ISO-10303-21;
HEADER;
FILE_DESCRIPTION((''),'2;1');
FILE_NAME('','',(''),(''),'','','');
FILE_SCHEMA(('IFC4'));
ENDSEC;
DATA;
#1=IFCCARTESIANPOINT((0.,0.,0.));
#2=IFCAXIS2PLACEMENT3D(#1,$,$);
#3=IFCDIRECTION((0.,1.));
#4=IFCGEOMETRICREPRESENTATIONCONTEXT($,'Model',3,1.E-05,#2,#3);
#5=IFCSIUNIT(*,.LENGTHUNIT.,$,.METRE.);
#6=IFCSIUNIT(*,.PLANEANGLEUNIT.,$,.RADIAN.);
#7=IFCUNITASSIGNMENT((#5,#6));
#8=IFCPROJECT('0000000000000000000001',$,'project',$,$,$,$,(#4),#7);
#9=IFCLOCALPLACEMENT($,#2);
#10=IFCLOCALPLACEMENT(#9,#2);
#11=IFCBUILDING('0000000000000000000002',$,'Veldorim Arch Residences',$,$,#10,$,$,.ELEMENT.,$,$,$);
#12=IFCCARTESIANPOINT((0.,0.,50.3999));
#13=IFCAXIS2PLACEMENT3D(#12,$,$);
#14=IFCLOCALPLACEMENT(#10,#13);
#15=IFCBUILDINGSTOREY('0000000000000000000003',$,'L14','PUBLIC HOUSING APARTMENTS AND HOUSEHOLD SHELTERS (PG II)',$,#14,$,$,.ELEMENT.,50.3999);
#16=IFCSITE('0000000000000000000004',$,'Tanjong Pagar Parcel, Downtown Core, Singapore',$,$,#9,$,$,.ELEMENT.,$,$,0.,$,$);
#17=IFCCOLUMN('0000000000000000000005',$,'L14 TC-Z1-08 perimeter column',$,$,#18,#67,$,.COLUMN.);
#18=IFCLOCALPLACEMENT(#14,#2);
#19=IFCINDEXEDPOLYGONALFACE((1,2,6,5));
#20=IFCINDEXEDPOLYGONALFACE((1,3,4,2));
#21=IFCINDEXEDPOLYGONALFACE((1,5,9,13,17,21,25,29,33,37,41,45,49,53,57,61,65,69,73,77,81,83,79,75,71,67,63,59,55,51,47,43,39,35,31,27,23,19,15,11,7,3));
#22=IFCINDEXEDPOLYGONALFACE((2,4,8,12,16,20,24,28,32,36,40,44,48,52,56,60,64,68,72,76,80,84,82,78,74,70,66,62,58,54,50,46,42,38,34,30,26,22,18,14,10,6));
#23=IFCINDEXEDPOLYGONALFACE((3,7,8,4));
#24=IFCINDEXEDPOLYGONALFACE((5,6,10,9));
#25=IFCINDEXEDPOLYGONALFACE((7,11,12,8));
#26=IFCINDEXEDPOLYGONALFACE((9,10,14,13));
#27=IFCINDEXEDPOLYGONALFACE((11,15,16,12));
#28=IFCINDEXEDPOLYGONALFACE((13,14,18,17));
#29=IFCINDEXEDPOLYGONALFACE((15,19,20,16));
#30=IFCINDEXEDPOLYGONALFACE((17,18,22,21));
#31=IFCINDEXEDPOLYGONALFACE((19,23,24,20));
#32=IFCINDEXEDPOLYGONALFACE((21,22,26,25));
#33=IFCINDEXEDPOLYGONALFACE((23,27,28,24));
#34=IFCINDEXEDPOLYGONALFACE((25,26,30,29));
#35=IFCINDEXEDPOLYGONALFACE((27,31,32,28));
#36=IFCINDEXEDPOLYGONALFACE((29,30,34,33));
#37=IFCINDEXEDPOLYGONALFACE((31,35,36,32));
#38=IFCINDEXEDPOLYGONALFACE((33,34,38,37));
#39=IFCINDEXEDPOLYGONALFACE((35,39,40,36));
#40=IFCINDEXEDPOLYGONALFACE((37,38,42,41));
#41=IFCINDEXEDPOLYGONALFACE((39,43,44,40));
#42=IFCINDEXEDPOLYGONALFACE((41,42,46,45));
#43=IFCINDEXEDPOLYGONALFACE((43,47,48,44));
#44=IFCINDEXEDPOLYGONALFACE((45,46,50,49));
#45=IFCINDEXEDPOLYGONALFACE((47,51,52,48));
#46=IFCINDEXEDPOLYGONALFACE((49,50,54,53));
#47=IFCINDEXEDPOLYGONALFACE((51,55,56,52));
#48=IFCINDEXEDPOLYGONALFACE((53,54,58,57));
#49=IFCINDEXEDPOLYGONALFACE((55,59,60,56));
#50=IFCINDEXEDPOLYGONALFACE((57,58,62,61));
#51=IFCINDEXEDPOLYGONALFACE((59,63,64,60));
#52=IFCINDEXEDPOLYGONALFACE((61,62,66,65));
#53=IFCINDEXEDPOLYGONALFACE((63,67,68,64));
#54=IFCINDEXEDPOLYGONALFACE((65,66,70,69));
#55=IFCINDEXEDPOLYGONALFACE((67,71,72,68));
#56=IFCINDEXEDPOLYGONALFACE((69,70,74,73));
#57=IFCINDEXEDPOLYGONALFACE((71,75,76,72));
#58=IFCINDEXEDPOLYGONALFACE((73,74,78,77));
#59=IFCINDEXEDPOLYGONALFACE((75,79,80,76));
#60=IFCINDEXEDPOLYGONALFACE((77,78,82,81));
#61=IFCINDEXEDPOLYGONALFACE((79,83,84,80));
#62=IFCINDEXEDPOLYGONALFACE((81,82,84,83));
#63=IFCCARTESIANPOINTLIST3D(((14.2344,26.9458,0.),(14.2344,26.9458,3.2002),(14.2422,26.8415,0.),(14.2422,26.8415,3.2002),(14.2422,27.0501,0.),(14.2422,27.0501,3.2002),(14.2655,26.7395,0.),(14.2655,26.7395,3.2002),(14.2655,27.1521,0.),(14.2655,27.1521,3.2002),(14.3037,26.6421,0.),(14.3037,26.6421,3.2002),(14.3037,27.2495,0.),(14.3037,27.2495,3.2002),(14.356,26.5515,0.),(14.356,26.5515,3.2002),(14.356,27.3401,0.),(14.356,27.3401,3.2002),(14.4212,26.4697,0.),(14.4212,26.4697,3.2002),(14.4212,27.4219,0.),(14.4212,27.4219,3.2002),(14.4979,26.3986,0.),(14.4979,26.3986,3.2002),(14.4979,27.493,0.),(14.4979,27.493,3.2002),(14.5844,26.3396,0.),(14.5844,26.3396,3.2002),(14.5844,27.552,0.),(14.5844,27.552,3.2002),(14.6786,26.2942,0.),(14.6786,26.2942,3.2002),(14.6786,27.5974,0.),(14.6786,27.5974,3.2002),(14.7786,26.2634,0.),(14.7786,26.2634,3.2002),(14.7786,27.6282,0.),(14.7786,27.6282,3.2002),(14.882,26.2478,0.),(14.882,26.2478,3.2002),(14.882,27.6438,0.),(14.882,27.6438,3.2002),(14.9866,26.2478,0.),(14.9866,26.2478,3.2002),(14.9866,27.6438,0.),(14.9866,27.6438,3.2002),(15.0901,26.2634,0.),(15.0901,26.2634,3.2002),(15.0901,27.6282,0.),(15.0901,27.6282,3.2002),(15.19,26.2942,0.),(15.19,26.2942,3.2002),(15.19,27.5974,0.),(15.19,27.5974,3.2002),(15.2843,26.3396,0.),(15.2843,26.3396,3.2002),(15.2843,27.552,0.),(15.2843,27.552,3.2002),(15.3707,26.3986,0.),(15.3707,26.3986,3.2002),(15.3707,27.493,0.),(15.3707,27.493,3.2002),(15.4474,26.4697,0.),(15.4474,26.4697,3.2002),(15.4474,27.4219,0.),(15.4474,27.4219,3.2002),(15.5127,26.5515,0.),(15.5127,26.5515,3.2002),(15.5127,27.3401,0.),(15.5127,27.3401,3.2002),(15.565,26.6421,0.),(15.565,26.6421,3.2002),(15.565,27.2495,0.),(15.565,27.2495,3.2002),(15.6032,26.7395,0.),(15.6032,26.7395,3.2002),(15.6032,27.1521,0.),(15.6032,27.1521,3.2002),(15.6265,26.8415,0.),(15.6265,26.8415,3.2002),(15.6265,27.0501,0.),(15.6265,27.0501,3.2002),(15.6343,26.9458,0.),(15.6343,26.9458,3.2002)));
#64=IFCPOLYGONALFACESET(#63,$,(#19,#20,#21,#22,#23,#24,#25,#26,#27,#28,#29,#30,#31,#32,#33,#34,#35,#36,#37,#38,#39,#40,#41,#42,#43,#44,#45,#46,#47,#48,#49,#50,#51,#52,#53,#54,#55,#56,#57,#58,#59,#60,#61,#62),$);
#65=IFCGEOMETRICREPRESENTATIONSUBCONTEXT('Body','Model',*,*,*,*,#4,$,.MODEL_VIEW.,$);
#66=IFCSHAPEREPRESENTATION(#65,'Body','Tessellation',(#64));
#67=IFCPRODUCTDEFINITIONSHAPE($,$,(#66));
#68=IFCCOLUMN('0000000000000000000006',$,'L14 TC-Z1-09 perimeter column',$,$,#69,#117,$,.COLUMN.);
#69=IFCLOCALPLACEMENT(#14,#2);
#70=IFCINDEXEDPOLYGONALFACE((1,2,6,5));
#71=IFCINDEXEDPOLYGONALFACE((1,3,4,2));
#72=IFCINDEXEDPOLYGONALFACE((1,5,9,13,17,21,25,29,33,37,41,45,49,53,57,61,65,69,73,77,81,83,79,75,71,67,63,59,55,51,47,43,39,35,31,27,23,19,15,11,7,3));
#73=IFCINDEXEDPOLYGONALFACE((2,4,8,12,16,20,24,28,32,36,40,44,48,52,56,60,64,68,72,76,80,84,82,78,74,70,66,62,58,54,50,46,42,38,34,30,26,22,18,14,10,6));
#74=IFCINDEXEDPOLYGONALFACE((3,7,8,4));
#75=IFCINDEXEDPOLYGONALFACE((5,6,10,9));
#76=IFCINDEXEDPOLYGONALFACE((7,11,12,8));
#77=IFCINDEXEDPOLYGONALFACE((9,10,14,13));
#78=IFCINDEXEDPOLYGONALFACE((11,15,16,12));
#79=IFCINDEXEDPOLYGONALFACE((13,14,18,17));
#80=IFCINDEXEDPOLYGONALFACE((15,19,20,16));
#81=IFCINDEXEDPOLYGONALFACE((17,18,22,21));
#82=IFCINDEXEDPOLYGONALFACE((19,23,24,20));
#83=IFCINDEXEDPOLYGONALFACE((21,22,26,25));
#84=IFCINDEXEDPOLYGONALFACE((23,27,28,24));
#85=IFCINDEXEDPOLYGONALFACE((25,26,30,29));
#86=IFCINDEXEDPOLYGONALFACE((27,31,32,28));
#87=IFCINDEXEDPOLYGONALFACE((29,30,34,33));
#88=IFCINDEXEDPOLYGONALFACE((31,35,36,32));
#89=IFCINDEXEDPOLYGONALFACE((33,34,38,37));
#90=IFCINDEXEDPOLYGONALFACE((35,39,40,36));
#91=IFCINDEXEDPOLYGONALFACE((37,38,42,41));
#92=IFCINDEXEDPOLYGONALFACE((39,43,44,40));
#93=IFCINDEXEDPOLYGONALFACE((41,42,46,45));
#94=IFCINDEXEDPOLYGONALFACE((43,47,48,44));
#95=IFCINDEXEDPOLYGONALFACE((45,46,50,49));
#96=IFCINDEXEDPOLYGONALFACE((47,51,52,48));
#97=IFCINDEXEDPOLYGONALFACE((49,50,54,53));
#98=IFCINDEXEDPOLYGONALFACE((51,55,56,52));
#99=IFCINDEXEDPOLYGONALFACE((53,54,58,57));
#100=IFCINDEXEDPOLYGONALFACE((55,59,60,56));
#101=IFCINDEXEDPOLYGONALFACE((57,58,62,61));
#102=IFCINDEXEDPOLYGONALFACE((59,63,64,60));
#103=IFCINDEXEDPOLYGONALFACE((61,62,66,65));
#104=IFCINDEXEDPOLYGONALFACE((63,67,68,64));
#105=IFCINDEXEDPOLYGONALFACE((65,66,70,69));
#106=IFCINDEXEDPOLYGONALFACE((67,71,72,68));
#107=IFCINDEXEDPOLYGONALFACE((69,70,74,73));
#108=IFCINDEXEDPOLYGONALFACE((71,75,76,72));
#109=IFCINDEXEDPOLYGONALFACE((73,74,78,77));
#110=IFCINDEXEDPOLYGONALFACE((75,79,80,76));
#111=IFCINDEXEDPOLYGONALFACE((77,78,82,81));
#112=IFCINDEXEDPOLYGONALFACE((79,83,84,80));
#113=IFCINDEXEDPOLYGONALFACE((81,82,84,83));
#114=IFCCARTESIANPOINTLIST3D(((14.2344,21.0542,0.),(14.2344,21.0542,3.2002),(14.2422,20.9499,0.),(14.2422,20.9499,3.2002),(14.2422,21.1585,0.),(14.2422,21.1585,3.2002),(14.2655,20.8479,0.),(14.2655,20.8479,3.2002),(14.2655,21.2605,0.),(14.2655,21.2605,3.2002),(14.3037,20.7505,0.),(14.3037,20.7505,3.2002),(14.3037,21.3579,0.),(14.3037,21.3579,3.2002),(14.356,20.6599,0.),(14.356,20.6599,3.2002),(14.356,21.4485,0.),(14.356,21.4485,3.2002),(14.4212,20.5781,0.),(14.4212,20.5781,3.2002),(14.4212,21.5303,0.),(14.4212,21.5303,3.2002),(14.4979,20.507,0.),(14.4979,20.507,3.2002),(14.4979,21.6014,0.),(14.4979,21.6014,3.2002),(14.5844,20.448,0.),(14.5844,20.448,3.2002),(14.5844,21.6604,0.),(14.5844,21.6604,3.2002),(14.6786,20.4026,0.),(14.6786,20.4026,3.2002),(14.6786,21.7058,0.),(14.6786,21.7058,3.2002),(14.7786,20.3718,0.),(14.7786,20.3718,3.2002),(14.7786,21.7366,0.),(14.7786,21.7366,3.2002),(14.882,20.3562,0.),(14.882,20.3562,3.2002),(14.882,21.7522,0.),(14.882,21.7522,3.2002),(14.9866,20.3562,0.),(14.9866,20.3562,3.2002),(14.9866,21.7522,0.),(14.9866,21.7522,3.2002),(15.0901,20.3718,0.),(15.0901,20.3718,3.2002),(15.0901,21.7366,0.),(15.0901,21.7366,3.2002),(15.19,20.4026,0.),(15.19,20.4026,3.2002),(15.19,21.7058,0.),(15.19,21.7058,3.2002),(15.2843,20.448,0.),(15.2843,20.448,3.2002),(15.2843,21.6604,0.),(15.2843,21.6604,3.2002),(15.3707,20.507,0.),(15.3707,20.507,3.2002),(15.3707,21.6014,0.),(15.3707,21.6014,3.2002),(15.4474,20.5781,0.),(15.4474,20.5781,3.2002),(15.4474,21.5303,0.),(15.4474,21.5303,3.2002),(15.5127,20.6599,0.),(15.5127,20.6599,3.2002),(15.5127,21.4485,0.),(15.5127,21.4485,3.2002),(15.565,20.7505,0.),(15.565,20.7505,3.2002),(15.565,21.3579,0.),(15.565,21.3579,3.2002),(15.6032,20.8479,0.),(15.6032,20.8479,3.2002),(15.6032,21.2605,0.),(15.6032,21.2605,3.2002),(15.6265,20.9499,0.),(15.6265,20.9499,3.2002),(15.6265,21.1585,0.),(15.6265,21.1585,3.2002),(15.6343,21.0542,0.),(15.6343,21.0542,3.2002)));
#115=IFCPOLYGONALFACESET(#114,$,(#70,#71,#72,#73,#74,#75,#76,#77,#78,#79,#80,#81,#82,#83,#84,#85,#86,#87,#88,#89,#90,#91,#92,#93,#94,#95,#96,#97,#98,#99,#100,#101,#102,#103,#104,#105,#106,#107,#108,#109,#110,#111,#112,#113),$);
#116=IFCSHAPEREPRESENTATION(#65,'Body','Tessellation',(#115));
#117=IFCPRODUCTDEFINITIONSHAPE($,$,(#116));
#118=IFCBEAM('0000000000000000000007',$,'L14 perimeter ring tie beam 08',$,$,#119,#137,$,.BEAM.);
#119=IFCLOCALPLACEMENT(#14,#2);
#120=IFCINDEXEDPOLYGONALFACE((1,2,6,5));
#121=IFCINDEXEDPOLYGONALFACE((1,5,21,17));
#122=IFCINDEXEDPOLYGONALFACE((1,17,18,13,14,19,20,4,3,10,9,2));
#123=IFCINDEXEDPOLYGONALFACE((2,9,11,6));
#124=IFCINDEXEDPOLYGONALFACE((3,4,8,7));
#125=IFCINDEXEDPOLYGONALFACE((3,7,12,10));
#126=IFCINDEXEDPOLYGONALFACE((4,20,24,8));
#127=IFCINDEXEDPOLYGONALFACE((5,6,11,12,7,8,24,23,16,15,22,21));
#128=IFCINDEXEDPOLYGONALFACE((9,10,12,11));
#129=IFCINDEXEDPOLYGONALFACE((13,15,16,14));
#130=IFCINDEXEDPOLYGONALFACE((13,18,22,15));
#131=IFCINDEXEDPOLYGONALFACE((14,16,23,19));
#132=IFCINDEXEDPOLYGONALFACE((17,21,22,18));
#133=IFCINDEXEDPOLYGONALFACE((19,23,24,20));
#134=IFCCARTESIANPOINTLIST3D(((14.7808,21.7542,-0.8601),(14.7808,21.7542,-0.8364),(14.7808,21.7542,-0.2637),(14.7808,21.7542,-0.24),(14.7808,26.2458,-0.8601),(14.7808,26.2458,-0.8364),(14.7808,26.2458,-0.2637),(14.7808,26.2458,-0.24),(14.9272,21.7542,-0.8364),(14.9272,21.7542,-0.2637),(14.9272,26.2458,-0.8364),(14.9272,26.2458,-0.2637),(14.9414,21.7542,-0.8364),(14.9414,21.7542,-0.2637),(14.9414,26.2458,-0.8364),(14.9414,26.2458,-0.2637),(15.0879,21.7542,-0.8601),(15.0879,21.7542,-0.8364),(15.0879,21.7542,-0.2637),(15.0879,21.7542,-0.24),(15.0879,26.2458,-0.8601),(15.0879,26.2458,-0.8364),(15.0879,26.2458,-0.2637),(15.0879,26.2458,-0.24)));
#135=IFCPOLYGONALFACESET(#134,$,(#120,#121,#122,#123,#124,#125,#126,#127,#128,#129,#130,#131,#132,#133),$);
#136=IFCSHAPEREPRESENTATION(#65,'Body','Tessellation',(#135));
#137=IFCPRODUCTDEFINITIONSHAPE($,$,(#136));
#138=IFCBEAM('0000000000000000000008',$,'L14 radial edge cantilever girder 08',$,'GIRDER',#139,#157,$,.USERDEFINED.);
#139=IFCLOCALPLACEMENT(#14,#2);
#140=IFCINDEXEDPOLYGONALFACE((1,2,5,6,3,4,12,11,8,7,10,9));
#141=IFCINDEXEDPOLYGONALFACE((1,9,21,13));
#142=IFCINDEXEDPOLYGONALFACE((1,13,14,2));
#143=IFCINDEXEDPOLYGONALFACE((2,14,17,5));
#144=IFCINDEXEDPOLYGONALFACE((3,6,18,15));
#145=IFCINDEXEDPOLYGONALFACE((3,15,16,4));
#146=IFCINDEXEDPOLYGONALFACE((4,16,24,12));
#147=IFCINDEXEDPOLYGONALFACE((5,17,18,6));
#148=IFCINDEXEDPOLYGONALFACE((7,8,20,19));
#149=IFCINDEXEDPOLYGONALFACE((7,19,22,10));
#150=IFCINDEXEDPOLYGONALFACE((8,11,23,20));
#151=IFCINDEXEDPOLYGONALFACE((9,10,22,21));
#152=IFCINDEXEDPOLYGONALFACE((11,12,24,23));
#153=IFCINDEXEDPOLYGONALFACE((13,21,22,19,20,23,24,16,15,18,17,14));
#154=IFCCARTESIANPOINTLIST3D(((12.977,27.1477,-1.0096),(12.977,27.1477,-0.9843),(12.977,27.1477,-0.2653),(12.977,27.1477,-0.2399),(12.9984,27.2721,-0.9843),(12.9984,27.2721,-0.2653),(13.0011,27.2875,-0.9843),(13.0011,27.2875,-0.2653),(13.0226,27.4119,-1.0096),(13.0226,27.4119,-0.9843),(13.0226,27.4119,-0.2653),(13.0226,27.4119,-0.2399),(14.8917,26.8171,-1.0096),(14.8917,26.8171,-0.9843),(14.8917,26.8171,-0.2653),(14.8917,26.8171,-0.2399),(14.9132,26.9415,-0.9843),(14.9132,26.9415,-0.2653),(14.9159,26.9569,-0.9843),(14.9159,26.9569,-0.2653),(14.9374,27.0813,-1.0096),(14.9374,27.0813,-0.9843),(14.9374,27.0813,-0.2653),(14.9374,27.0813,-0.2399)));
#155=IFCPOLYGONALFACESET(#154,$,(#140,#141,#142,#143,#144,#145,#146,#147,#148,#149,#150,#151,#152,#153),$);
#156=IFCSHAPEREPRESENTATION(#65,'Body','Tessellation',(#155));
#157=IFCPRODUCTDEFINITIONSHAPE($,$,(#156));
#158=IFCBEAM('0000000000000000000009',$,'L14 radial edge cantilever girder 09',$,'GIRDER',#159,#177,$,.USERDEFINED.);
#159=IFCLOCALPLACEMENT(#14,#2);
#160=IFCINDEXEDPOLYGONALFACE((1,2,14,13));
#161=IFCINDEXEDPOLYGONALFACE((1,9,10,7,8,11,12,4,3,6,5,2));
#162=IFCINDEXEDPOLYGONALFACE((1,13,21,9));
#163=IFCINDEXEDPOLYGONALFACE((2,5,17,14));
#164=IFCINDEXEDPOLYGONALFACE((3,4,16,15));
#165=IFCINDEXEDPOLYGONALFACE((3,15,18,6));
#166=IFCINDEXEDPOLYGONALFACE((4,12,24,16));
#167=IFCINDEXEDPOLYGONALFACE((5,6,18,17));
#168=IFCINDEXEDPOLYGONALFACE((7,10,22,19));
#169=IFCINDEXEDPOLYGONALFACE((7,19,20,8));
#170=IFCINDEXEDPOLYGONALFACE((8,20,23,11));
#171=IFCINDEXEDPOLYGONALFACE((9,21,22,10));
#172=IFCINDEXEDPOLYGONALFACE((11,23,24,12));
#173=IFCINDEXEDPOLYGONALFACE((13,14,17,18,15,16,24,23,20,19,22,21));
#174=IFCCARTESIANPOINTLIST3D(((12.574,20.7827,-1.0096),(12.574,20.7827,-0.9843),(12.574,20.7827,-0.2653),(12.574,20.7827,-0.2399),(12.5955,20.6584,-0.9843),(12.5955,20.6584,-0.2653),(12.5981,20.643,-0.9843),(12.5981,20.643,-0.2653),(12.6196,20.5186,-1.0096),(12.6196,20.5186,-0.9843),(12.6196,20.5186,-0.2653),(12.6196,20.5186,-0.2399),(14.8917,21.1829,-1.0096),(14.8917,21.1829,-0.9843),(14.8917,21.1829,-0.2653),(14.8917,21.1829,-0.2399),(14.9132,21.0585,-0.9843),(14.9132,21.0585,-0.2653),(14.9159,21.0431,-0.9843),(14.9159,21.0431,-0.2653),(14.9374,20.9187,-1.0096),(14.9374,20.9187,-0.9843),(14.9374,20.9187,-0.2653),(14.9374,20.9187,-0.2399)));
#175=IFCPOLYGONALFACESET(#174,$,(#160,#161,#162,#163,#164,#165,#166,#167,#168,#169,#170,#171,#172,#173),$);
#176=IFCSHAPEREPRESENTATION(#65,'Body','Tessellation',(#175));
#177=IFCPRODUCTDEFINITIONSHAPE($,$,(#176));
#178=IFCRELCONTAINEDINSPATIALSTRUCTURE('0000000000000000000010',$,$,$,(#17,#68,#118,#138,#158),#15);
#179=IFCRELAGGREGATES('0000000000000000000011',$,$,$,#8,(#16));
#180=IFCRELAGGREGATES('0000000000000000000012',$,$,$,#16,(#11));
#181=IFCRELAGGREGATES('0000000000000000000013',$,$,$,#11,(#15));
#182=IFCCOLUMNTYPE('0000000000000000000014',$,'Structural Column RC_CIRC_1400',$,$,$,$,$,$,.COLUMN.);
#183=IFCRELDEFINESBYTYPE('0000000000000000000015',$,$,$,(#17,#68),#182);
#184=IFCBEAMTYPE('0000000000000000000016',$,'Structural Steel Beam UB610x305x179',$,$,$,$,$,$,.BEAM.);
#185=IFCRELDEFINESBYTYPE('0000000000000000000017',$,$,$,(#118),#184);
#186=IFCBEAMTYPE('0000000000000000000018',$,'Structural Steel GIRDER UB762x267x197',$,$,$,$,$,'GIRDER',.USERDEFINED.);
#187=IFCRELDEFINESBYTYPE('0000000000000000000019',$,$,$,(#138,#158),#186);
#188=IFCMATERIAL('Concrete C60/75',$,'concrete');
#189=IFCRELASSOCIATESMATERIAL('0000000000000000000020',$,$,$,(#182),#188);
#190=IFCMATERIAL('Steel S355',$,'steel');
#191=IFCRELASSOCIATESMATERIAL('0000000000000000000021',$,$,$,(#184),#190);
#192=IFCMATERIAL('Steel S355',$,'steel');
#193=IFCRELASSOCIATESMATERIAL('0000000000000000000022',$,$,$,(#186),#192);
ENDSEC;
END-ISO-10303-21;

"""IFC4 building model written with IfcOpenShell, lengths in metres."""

from ifc_helpers import new_model, si_unit, direction, frame, origin, origin_2d, place, context, subcontext, project, spatial, circle, i_section, extrude, material, material_profile, profile_set, type_object, element, save


model = new_model("IFC4")

# Units and contexts
model_context = context("Model", 3, precision=1e-05, world=origin(), true_north=direction((0.0, 1.0)))
body_context = subcontext(model_context, "Body", "Model", "MODEL_VIEW")
ifc_project = project(units=[si_unit("LENGTHUNIT", "METRE"), si_unit("PLANEANGLEUNIT", "RADIAN")], contexts=[model_context])

# Site, building, storey
site_placement = place(None, origin())
site = spatial("IfcSite", under=ifc_project, at=site_placement, Name="Tanjong Pagar Parcel, Downtown Core, Singapore", CompositionType="ELEMENT", RefElevation=0.0)
building_placement = place(site_placement, origin())
building = spatial("IfcBuilding", under=site, at=building_placement, Name="Veldorim Arch Residences", CompositionType="ELEMENT")
storey_placement = place(building_placement, frame((0.0, 0.0, 50.3999)))
storey = spatial("IfcBuildingStorey", under=building, at=storey_placement, Name="L14", Description="PUBLIC HOUSING APARTMENTS AND HOUSEHOLD SHELTERS (PG II)", CompositionType="ELEMENT", Elevation=50.3999)

# Columns
ifc_material_1 = material(Name="Concrete C60/75", Category="concrete")
ifc_material_profile_1 = material_profile(ifc_material_1, circle(Radius=0.7, at=origin_2d()), Name="RC_CIRC_1400")
ifc_profile_set_1 = profile_set([ifc_material_profile_1], Name="Concrete C60/75")
column_type = type_object("IfcColumnType", Name="Structural Column RC_CIRC_1400", PredefinedType="COLUMN", material=ifc_profile_set_1)
for number, where, z_axis, x_axis, name in (
    (1, (14.9343, 26.9458, 0.0), (0.0, 0.0, 1.0), (1.0, 0.0, 0.0), "L14 TC-Z1-08 perimeter column"),
    (2, (14.9343, 21.0542, 0.0), (0.0, 0.0, 1.0), (1.0, 0.0, 0.0), "L14 TC-Z1-09 perimeter column"),
):
    element("IfcColumn", number, at=place(storey_placement, frame(where, z_axis=z_axis, x_axis=x_axis)), inside=storey, type_object=column_type, Name=name, PredefinedType="COLUMN", context=body_context, shape_type="SweptSolid", body=[
        extrude(circle(Radius=0.7, at=origin_2d()), origin(), (0.0, 0.0, 1.0), 3.2002),
    ])

# Beams
ifc_material_2 = material(Name="Steel S355", Category="steel")
ifc_material_profile_2 = material_profile(ifc_material_2, i_section(OverallWidth=0.3071, OverallDepth=0.6201, WebThickness=0.0142, FlangeThickness=0.0237, at=origin_2d()), Name="UB610x305x179")
ifc_profile_set_2 = profile_set([ifc_material_profile_2], Name="Steel S355")
beam_type_1 = type_object("IfcBeamType", Name="Structural Steel Beam UB610x305x179", PredefinedType="BEAM", material=ifc_profile_set_2)
beam_1_placement = place(storey_placement, frame((14.9343, 26.2458, -0.55), z_axis=(0.0, -1.0, 0.0), x_axis=(1.0, 0.0, 0.0)))
element("IfcBeam", 3, at=beam_1_placement, inside=storey, type_object=beam_type_1, Name="L14 perimeter ring tie beam 08", PredefinedType="BEAM", context=body_context, shape_type="SweptSolid", body=[
    extrude(i_section(OverallWidth=0.3071, OverallDepth=0.6201, WebThickness=0.0142, FlangeThickness=0.0237, at=origin_2d()), origin(), (0.0, 0.0, 1.0), 4.4917),
])
ifc_material_3 = material(Name="Steel S355", Category="steel")
ifc_material_profile_3 = material_profile(ifc_material_3, i_section(OverallWidth=0.2681, OverallDepth=0.7698, WebThickness=0.0156, FlangeThickness=0.0254, at=origin_2d()), Name="UB762x267x197")
ifc_profile_set_3 = profile_set([ifc_material_profile_3], Name="Steel S355")
beam_type_2 = type_object("IfcBeamType", Name="Structural Steel GIRDER UB762x267x197", ElementType="GIRDER", PredefinedType="USERDEFINED", material=ifc_profile_set_3)
beam_2_placement = place(storey_placement, frame((14.9146, 26.9492, -0.6248), z_axis=(-0.985423, 0.170121, 0.0), x_axis=(-0.170121, -0.985423, 0.0)))
element("IfcBeam", 4, at=beam_2_placement, inside=storey, type_object=beam_type_2, Name="L14 radial edge cantilever girder 08", ObjectType="GIRDER", PredefinedType="USERDEFINED", context=body_context, shape_type="SweptSolid", body=[
    extrude(i_section(OverallWidth=0.2681, OverallDepth=0.7698, WebThickness=0.0156, FlangeThickness=0.0254, at=origin_2d()), origin(), (0.0, 0.0, 1.0), 1.9431),
])
beam_3_placement = place(storey_placement, frame((14.9146, 21.0508, -0.6248), z_axis=(-0.985424, -0.170119, 0.0), x_axis=(0.170119, -0.985424, 0.0)))
element("IfcBeam", 5, at=beam_3_placement, inside=storey, type_object=beam_type_2, Name="L14 radial edge cantilever girder 09", ObjectType="GIRDER", PredefinedType="USERDEFINED", context=body_context, shape_type="SweptSolid", body=[
    extrude(i_section(OverallWidth=0.2681, OverallDepth=0.7698, WebThickness=0.0156, FlangeThickness=0.0254, at=origin_2d()), origin(), (0.0, 0.0, 1.0), 2.3521),
])

save(model, "model.ifc")
